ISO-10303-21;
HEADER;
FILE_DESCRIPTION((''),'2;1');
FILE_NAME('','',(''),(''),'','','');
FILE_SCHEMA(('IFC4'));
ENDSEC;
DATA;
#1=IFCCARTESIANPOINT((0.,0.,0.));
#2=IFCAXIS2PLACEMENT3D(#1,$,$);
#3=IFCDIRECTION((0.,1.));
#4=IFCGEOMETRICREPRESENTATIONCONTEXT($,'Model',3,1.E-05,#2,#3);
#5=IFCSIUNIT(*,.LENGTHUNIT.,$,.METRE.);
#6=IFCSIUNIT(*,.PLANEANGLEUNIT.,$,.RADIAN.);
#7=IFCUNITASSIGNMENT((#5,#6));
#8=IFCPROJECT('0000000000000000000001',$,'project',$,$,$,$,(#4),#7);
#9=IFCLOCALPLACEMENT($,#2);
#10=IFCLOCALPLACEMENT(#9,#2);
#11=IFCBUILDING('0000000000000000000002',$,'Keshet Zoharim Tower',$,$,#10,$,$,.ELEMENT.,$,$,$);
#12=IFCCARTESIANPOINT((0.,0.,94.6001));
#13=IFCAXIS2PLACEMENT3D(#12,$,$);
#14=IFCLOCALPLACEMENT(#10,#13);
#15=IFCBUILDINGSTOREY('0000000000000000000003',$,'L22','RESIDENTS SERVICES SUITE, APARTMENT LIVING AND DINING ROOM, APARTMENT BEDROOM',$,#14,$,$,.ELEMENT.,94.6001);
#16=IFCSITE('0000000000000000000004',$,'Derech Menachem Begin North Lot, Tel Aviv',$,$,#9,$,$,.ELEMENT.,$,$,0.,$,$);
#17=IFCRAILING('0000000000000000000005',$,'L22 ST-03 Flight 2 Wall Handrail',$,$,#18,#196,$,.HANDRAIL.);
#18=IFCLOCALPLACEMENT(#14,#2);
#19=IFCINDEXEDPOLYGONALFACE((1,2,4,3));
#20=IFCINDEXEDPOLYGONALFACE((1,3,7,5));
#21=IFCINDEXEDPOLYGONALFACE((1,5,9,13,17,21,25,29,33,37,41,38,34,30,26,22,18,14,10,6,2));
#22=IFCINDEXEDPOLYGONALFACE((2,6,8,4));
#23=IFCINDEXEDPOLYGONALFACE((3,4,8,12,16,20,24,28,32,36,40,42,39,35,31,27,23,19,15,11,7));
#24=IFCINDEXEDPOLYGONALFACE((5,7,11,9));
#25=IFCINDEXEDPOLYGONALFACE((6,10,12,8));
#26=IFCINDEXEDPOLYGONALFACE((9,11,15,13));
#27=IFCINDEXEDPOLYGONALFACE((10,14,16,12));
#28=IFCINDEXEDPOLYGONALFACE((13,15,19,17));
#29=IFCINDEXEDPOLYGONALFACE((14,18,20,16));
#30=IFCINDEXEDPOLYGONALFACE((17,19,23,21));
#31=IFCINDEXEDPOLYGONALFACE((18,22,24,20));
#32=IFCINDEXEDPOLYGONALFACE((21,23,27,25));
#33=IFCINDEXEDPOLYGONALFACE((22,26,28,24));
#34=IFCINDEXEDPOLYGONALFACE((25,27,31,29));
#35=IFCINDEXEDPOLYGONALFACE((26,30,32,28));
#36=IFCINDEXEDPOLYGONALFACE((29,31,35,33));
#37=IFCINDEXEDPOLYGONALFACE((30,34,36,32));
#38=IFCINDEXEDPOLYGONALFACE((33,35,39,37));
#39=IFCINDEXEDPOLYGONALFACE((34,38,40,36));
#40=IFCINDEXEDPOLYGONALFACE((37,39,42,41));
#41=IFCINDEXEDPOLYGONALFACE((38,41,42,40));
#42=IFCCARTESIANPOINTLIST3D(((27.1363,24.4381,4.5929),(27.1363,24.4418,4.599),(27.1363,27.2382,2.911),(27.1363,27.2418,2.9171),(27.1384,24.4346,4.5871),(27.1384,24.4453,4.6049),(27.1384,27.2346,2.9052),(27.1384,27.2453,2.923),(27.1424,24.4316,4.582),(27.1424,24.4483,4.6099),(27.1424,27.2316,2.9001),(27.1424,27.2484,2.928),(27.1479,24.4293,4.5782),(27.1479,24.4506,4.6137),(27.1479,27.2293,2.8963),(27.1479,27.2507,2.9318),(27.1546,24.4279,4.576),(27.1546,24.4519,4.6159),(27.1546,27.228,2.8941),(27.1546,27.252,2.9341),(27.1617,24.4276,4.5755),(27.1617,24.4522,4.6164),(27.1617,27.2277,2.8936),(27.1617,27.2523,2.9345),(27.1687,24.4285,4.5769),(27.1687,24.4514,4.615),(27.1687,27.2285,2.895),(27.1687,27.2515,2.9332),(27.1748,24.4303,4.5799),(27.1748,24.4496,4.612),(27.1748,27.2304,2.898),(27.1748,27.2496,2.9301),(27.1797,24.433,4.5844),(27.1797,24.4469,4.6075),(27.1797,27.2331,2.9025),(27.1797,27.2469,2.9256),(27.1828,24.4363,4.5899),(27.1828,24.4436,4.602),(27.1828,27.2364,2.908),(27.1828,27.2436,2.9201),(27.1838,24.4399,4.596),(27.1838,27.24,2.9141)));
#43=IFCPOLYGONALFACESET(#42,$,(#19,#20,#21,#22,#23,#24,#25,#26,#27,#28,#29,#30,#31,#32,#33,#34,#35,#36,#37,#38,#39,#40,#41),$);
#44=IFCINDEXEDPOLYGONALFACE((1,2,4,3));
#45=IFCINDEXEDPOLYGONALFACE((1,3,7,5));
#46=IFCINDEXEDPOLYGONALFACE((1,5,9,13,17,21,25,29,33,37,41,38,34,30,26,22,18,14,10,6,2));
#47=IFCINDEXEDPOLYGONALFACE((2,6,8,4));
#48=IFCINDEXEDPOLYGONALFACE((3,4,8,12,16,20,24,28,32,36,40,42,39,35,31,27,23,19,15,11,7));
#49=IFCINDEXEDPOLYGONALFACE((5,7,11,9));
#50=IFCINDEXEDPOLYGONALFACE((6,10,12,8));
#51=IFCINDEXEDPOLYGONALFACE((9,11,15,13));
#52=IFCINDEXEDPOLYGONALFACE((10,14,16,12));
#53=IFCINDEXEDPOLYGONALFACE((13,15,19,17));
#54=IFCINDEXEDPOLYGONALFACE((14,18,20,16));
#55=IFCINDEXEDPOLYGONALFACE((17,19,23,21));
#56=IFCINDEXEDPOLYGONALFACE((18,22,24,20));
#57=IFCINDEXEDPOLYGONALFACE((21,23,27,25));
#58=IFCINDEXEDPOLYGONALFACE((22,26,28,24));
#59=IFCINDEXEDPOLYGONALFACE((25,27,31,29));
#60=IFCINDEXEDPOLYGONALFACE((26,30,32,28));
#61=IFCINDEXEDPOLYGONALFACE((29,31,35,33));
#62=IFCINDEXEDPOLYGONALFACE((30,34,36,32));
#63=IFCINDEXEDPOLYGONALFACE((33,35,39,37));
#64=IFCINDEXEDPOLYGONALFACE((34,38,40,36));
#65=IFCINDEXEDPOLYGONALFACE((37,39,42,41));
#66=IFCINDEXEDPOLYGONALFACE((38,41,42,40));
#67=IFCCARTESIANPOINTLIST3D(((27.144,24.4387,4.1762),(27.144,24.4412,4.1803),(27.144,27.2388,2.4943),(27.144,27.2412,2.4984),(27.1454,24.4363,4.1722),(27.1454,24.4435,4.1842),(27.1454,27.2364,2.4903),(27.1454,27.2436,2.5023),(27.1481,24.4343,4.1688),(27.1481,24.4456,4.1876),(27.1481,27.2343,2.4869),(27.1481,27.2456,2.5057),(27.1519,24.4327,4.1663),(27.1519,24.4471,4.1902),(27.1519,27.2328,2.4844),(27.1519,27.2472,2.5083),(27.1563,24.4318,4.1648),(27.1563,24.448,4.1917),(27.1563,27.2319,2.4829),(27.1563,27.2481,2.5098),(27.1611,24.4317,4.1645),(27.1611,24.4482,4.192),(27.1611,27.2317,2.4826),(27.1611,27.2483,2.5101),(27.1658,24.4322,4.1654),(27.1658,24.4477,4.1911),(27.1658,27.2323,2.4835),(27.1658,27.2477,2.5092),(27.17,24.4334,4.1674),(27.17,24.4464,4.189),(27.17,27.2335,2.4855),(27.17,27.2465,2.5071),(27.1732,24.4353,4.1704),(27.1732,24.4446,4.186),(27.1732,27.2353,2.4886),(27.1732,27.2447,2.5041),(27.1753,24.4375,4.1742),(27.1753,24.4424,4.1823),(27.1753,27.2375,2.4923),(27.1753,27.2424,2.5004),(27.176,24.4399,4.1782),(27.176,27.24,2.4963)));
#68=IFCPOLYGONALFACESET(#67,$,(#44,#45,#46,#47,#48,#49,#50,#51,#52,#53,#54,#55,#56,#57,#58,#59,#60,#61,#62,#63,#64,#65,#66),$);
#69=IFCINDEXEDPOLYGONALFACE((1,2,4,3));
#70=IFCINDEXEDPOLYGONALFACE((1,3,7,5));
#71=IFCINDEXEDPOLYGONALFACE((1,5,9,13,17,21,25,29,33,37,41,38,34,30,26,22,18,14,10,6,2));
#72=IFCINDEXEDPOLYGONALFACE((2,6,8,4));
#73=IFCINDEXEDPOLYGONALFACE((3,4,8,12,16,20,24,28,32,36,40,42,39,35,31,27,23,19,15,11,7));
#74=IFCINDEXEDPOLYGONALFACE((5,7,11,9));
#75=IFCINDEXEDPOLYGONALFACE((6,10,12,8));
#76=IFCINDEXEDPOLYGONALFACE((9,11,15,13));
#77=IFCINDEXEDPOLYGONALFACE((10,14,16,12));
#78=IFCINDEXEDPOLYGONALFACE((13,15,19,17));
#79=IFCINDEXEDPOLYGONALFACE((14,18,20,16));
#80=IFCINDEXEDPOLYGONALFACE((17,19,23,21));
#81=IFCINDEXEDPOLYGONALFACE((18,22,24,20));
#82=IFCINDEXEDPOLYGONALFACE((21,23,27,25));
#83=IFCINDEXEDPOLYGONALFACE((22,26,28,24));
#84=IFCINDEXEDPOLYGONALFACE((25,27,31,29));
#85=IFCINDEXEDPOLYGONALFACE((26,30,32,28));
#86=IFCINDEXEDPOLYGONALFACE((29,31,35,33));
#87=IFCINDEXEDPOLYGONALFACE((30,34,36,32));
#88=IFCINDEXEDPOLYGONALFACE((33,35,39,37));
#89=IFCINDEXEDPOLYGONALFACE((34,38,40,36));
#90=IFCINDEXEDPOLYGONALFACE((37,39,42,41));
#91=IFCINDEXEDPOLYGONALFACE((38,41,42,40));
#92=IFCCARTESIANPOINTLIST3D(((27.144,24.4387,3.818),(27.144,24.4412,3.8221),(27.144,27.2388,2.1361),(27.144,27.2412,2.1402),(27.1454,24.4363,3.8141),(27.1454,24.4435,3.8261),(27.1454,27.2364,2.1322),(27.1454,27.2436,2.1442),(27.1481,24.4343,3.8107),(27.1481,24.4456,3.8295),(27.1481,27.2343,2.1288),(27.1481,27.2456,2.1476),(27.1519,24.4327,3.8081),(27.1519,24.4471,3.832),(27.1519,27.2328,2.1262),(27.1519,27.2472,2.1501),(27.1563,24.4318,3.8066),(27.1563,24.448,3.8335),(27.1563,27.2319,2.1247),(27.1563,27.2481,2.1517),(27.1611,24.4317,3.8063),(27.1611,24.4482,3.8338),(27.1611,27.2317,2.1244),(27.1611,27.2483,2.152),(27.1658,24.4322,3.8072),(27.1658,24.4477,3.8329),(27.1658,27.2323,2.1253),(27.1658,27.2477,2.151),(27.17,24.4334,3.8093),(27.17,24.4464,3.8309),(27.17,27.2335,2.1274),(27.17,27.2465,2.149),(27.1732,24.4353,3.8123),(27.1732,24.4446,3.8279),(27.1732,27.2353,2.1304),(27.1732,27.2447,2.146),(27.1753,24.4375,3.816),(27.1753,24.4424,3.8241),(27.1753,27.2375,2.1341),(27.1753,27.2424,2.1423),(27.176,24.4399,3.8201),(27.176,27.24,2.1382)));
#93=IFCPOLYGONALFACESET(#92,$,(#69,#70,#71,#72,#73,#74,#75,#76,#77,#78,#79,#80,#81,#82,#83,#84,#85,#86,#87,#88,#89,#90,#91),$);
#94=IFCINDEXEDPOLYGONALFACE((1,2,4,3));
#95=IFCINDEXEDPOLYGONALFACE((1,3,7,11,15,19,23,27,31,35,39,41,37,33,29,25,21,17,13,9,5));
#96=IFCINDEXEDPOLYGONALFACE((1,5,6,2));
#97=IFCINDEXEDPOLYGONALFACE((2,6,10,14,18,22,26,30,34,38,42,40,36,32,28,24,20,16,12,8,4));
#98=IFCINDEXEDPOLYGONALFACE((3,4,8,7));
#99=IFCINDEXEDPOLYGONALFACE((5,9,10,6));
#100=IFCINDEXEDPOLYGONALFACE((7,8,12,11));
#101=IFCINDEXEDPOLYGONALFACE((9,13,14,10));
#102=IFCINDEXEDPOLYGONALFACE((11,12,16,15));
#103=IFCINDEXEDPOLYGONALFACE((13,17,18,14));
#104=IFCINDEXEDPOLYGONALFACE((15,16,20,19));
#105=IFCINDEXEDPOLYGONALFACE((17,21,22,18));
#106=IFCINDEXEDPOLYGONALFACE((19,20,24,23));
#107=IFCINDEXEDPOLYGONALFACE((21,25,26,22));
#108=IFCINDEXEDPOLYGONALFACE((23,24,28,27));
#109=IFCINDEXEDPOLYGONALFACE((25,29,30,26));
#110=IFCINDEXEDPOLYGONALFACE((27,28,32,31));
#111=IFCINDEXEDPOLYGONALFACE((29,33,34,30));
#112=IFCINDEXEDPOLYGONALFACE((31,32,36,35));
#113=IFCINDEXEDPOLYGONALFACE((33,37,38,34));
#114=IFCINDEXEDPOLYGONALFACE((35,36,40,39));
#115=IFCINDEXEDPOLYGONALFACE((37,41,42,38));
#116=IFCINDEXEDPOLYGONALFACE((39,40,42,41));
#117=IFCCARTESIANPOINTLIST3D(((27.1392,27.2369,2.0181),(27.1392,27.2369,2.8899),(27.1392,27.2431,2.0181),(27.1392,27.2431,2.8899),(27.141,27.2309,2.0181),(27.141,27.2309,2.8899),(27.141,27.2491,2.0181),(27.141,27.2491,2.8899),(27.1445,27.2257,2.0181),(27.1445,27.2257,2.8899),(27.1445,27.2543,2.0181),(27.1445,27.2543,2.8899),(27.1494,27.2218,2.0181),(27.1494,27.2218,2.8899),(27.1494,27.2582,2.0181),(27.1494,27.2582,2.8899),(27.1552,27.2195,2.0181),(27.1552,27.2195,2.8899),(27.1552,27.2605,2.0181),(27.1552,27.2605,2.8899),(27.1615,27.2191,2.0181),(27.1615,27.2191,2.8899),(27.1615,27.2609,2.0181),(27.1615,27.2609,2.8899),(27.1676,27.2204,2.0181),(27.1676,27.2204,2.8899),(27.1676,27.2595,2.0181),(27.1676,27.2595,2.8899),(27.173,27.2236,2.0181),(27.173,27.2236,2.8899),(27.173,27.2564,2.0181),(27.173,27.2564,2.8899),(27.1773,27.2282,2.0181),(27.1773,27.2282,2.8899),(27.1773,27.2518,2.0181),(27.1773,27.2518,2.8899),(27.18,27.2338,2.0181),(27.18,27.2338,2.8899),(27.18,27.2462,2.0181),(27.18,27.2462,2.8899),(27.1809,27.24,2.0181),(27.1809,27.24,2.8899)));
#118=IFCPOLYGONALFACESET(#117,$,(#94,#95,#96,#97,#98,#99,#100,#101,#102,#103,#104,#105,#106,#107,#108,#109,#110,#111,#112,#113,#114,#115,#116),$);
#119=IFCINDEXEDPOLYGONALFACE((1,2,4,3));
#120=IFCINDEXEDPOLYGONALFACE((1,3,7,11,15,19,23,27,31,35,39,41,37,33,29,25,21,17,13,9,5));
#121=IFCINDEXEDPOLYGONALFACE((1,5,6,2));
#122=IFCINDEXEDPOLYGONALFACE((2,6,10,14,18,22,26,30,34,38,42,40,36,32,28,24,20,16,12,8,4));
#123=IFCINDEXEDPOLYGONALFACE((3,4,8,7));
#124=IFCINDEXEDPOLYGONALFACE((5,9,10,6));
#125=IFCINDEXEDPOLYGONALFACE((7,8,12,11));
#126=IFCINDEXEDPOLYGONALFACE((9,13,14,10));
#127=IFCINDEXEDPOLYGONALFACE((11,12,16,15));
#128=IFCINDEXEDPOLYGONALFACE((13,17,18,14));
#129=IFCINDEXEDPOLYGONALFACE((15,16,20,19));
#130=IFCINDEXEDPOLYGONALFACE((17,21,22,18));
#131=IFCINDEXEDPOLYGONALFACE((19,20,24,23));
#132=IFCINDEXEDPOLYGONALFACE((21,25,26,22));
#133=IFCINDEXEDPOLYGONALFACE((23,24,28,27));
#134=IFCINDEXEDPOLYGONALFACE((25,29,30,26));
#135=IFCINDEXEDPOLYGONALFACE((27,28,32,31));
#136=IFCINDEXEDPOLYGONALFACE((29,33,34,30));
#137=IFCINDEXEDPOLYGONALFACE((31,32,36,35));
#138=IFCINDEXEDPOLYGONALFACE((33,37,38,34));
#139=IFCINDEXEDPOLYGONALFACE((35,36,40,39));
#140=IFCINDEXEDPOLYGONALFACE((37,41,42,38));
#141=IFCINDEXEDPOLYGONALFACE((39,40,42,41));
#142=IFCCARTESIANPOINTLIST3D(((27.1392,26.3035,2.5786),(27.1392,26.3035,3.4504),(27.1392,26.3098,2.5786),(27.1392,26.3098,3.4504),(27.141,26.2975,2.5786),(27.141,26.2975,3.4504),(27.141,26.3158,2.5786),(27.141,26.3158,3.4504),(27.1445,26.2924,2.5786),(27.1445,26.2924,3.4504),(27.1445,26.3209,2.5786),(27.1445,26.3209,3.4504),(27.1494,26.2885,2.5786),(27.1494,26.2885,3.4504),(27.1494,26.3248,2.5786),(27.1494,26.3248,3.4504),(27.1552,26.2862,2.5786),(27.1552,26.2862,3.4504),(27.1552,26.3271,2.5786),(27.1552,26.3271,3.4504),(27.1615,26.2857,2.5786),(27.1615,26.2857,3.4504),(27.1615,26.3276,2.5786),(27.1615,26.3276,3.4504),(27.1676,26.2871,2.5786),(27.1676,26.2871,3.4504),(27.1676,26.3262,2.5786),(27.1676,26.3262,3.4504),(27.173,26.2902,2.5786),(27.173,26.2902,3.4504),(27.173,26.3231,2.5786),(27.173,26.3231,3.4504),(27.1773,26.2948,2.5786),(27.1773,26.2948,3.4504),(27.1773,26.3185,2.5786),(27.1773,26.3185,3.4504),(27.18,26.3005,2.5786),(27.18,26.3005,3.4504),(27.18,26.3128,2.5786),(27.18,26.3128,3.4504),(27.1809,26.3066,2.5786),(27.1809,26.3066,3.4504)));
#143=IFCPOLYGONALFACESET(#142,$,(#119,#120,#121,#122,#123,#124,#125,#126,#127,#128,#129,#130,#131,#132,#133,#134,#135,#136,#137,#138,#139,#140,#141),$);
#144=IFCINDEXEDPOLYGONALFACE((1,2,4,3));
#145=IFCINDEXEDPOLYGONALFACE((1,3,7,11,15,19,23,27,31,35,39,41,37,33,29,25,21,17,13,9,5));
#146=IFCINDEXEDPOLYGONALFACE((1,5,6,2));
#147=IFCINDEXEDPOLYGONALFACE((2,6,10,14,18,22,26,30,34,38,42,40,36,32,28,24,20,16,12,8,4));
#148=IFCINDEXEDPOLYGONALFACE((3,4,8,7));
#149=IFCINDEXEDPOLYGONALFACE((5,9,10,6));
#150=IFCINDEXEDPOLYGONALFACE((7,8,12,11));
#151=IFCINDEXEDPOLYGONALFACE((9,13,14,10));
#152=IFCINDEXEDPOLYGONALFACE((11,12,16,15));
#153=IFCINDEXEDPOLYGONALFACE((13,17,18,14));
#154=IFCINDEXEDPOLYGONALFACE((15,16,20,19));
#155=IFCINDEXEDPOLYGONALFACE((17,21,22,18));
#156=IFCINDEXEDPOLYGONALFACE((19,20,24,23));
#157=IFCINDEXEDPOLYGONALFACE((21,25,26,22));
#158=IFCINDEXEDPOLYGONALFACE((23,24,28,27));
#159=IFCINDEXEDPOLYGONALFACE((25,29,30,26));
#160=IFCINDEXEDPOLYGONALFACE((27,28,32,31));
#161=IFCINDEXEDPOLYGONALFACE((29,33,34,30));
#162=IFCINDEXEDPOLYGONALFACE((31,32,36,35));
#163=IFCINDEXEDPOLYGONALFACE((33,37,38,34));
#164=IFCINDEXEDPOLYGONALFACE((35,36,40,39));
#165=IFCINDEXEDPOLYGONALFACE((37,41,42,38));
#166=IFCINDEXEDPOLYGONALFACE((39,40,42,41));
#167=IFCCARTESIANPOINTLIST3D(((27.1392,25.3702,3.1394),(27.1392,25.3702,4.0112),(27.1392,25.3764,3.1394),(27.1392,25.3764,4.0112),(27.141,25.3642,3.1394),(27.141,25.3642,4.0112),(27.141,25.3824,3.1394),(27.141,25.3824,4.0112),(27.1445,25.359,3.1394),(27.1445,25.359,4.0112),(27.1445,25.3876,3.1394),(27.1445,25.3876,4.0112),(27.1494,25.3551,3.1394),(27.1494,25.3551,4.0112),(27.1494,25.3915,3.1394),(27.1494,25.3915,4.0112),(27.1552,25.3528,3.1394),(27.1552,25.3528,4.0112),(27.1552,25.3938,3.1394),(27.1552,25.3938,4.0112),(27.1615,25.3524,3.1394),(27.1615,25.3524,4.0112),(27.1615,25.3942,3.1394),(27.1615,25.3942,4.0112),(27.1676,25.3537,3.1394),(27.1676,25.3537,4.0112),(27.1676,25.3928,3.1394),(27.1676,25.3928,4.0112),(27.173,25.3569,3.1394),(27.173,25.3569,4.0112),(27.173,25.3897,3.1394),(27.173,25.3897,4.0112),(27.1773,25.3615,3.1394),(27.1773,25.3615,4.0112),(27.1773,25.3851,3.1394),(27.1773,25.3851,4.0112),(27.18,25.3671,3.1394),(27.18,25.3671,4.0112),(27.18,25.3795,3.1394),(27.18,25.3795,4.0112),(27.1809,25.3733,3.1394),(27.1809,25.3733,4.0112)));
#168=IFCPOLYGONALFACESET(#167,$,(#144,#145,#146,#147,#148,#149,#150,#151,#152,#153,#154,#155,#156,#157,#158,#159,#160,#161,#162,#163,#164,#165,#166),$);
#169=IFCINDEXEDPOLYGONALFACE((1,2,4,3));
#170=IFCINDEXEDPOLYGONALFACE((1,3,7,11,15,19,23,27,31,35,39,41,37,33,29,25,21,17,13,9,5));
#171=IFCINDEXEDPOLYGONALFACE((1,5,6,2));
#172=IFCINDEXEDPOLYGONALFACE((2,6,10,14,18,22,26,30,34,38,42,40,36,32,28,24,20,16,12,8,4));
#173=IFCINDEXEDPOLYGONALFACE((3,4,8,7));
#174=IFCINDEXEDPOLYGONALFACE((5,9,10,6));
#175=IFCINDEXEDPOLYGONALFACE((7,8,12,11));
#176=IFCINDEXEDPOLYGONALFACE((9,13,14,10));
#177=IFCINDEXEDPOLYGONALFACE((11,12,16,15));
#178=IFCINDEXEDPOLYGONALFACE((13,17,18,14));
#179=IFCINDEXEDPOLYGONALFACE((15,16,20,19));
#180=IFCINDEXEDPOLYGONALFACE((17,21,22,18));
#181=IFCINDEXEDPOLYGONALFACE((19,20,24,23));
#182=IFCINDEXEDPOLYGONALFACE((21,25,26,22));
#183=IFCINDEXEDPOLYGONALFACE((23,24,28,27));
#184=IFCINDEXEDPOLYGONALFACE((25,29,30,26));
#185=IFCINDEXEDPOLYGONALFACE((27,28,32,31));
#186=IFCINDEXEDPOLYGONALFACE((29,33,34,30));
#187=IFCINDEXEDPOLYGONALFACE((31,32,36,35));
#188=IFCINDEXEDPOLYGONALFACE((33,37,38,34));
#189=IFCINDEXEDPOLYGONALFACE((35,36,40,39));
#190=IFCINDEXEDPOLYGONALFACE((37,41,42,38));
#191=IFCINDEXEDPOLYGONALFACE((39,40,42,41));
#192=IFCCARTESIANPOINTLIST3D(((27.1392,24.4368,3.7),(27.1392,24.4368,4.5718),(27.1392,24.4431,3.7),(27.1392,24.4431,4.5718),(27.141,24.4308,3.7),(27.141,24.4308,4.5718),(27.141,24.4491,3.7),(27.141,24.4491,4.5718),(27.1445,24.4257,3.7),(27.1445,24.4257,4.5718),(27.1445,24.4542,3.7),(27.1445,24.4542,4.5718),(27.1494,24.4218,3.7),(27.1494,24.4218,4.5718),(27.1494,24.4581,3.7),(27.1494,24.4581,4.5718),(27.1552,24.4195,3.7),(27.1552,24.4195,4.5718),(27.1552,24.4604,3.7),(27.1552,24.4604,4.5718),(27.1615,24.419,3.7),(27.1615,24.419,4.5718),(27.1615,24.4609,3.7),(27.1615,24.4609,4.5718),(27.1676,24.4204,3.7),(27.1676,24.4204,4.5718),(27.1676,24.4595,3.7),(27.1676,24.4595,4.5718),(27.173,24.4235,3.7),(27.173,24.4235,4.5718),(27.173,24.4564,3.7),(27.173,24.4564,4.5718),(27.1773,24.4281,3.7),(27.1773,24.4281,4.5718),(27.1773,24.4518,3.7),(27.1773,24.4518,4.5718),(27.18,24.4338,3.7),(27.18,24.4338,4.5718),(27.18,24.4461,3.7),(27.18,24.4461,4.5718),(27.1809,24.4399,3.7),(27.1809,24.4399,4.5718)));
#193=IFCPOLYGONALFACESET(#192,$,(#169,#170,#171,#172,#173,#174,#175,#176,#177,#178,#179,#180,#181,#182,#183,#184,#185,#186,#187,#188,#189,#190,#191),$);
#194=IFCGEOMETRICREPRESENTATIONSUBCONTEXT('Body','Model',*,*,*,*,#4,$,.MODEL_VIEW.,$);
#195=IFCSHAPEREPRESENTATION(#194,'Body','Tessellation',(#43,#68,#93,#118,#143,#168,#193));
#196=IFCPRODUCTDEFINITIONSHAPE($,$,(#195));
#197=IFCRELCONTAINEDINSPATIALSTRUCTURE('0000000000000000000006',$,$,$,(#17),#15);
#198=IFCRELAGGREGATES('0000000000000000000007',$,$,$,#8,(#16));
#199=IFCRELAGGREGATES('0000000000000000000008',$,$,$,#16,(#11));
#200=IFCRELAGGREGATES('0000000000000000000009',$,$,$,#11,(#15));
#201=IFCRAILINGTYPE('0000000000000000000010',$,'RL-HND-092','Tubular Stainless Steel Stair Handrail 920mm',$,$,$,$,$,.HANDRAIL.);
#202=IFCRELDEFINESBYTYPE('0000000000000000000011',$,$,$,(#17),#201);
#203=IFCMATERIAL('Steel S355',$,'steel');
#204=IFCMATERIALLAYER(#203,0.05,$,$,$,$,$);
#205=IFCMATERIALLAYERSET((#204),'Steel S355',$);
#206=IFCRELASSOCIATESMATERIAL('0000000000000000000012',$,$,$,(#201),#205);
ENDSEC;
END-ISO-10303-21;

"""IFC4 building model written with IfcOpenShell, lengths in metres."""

from ifc_helpers import new_model, si_unit, direction, frame, origin, origin_2d, place, context, subcontext, project, spatial, circle, extrude, material, layer, layer_set, type_object, element, save


model = new_model("IFC4")

# Units and contexts
model_context = context("Model", 3, precision=1e-05, world=origin(), true_north=direction((0.0, 1.0)))
body_context = subcontext(model_context, "Body", "Model", "MODEL_VIEW")
ifc_project = project(units=[si_unit("LENGTHUNIT", "METRE"), si_unit("PLANEANGLEUNIT", "RADIAN")], contexts=[model_context])

# Site, building, storey
site_placement = place(None, origin())
site = spatial("IfcSite", under=ifc_project, at=site_placement, Name="Derech Menachem Begin North Lot, Tel Aviv", CompositionType="ELEMENT", RefElevation=0.0)
building_placement = place(site_placement, origin())
building = spatial("IfcBuilding", under=site, at=building_placement, Name="Keshet Zoharim Tower", CompositionType="ELEMENT")
storey_placement = place(building_placement, frame((0.0, 0.0, 94.6001)))
storey = spatial("IfcBuildingStorey", under=building, at=storey_placement, Name="L22", Description="RESIDENTS SERVICES SUITE, APARTMENT LIVING AND DINING ROOM, APARTMENT BEDROOM", CompositionType="ELEMENT", Elevation=94.6001)

# Shared definitions
ifc_material_1 = material(Name="Steel S355", Category="steel")

# Railing
ifc_layer_1 = layer(ifc_material_1, 0.05)
ifc_layer_set_1 = layer_set([ifc_layer_1], Name="Steel S355")
railing_type_1 = type_object("IfcRailingType", Name="RL-HND-092", Description="Tubular Stainless Steel Stair Handrail 920mm", PredefinedType="HANDRAIL", material=ifc_layer_set_1)
railing_1_placement = place(storey_placement, frame((27.1599, 27.24, 2.0181)))
element("IfcRailing", 1, at=railing_1_placement, inside=storey, type_object=railing_type_1, Name="L22 ST-03 Flight 2 Wall Handrail", PredefinedType="HANDRAIL", context=body_context, shape_type="SweptSolid", body=[
    extrude(circle(Radius=0.0239, at=origin_2d()), frame((0.0, 0.0, 0.896), z_axis=(0.0, -0.857242, 0.514913), x_axis=(1.0, 0.0, 0.0)), (0.0, 0.0, 1.0), 3.2664),
    extrude(circle(Radius=0.0161, at=origin_2d()), frame((0.0, 0.0, 0.4783), z_axis=(0.0, -0.857242, 0.514913), x_axis=(1.0, 0.0, 0.0)), (0.0, 0.0, 1.0), 3.2664),
    extrude(circle(Radius=0.0161, at=origin_2d()), frame((0.0, 0.0, 0.1201), z_axis=(0.0, -0.857242, 0.514913), x_axis=(1.0, 0.0, 0.0)), (0.0, 0.0, 1.0), 3.2664),
    extrude(circle(Radius=0.021, at=origin_2d()), origin(), (0.0, 0.0, 1.0), 0.8718),
    extrude(circle(Radius=0.021, at=origin_2d()), frame((0.0, -0.9333, 0.5605)), (0.0, 0.0, 1.0), 0.8718),
    extrude(circle(Radius=0.021, at=origin_2d()), frame((0.0, -1.8667, 1.1213)), (0.0, 0.0, 1.0), 0.8718),
    extrude(circle(Radius=0.021, at=origin_2d()), frame((0.0, -2.8, 1.6819)), (0.0, 0.0, 1.0), 0.8718),
])

save(model, "model.ifc")
